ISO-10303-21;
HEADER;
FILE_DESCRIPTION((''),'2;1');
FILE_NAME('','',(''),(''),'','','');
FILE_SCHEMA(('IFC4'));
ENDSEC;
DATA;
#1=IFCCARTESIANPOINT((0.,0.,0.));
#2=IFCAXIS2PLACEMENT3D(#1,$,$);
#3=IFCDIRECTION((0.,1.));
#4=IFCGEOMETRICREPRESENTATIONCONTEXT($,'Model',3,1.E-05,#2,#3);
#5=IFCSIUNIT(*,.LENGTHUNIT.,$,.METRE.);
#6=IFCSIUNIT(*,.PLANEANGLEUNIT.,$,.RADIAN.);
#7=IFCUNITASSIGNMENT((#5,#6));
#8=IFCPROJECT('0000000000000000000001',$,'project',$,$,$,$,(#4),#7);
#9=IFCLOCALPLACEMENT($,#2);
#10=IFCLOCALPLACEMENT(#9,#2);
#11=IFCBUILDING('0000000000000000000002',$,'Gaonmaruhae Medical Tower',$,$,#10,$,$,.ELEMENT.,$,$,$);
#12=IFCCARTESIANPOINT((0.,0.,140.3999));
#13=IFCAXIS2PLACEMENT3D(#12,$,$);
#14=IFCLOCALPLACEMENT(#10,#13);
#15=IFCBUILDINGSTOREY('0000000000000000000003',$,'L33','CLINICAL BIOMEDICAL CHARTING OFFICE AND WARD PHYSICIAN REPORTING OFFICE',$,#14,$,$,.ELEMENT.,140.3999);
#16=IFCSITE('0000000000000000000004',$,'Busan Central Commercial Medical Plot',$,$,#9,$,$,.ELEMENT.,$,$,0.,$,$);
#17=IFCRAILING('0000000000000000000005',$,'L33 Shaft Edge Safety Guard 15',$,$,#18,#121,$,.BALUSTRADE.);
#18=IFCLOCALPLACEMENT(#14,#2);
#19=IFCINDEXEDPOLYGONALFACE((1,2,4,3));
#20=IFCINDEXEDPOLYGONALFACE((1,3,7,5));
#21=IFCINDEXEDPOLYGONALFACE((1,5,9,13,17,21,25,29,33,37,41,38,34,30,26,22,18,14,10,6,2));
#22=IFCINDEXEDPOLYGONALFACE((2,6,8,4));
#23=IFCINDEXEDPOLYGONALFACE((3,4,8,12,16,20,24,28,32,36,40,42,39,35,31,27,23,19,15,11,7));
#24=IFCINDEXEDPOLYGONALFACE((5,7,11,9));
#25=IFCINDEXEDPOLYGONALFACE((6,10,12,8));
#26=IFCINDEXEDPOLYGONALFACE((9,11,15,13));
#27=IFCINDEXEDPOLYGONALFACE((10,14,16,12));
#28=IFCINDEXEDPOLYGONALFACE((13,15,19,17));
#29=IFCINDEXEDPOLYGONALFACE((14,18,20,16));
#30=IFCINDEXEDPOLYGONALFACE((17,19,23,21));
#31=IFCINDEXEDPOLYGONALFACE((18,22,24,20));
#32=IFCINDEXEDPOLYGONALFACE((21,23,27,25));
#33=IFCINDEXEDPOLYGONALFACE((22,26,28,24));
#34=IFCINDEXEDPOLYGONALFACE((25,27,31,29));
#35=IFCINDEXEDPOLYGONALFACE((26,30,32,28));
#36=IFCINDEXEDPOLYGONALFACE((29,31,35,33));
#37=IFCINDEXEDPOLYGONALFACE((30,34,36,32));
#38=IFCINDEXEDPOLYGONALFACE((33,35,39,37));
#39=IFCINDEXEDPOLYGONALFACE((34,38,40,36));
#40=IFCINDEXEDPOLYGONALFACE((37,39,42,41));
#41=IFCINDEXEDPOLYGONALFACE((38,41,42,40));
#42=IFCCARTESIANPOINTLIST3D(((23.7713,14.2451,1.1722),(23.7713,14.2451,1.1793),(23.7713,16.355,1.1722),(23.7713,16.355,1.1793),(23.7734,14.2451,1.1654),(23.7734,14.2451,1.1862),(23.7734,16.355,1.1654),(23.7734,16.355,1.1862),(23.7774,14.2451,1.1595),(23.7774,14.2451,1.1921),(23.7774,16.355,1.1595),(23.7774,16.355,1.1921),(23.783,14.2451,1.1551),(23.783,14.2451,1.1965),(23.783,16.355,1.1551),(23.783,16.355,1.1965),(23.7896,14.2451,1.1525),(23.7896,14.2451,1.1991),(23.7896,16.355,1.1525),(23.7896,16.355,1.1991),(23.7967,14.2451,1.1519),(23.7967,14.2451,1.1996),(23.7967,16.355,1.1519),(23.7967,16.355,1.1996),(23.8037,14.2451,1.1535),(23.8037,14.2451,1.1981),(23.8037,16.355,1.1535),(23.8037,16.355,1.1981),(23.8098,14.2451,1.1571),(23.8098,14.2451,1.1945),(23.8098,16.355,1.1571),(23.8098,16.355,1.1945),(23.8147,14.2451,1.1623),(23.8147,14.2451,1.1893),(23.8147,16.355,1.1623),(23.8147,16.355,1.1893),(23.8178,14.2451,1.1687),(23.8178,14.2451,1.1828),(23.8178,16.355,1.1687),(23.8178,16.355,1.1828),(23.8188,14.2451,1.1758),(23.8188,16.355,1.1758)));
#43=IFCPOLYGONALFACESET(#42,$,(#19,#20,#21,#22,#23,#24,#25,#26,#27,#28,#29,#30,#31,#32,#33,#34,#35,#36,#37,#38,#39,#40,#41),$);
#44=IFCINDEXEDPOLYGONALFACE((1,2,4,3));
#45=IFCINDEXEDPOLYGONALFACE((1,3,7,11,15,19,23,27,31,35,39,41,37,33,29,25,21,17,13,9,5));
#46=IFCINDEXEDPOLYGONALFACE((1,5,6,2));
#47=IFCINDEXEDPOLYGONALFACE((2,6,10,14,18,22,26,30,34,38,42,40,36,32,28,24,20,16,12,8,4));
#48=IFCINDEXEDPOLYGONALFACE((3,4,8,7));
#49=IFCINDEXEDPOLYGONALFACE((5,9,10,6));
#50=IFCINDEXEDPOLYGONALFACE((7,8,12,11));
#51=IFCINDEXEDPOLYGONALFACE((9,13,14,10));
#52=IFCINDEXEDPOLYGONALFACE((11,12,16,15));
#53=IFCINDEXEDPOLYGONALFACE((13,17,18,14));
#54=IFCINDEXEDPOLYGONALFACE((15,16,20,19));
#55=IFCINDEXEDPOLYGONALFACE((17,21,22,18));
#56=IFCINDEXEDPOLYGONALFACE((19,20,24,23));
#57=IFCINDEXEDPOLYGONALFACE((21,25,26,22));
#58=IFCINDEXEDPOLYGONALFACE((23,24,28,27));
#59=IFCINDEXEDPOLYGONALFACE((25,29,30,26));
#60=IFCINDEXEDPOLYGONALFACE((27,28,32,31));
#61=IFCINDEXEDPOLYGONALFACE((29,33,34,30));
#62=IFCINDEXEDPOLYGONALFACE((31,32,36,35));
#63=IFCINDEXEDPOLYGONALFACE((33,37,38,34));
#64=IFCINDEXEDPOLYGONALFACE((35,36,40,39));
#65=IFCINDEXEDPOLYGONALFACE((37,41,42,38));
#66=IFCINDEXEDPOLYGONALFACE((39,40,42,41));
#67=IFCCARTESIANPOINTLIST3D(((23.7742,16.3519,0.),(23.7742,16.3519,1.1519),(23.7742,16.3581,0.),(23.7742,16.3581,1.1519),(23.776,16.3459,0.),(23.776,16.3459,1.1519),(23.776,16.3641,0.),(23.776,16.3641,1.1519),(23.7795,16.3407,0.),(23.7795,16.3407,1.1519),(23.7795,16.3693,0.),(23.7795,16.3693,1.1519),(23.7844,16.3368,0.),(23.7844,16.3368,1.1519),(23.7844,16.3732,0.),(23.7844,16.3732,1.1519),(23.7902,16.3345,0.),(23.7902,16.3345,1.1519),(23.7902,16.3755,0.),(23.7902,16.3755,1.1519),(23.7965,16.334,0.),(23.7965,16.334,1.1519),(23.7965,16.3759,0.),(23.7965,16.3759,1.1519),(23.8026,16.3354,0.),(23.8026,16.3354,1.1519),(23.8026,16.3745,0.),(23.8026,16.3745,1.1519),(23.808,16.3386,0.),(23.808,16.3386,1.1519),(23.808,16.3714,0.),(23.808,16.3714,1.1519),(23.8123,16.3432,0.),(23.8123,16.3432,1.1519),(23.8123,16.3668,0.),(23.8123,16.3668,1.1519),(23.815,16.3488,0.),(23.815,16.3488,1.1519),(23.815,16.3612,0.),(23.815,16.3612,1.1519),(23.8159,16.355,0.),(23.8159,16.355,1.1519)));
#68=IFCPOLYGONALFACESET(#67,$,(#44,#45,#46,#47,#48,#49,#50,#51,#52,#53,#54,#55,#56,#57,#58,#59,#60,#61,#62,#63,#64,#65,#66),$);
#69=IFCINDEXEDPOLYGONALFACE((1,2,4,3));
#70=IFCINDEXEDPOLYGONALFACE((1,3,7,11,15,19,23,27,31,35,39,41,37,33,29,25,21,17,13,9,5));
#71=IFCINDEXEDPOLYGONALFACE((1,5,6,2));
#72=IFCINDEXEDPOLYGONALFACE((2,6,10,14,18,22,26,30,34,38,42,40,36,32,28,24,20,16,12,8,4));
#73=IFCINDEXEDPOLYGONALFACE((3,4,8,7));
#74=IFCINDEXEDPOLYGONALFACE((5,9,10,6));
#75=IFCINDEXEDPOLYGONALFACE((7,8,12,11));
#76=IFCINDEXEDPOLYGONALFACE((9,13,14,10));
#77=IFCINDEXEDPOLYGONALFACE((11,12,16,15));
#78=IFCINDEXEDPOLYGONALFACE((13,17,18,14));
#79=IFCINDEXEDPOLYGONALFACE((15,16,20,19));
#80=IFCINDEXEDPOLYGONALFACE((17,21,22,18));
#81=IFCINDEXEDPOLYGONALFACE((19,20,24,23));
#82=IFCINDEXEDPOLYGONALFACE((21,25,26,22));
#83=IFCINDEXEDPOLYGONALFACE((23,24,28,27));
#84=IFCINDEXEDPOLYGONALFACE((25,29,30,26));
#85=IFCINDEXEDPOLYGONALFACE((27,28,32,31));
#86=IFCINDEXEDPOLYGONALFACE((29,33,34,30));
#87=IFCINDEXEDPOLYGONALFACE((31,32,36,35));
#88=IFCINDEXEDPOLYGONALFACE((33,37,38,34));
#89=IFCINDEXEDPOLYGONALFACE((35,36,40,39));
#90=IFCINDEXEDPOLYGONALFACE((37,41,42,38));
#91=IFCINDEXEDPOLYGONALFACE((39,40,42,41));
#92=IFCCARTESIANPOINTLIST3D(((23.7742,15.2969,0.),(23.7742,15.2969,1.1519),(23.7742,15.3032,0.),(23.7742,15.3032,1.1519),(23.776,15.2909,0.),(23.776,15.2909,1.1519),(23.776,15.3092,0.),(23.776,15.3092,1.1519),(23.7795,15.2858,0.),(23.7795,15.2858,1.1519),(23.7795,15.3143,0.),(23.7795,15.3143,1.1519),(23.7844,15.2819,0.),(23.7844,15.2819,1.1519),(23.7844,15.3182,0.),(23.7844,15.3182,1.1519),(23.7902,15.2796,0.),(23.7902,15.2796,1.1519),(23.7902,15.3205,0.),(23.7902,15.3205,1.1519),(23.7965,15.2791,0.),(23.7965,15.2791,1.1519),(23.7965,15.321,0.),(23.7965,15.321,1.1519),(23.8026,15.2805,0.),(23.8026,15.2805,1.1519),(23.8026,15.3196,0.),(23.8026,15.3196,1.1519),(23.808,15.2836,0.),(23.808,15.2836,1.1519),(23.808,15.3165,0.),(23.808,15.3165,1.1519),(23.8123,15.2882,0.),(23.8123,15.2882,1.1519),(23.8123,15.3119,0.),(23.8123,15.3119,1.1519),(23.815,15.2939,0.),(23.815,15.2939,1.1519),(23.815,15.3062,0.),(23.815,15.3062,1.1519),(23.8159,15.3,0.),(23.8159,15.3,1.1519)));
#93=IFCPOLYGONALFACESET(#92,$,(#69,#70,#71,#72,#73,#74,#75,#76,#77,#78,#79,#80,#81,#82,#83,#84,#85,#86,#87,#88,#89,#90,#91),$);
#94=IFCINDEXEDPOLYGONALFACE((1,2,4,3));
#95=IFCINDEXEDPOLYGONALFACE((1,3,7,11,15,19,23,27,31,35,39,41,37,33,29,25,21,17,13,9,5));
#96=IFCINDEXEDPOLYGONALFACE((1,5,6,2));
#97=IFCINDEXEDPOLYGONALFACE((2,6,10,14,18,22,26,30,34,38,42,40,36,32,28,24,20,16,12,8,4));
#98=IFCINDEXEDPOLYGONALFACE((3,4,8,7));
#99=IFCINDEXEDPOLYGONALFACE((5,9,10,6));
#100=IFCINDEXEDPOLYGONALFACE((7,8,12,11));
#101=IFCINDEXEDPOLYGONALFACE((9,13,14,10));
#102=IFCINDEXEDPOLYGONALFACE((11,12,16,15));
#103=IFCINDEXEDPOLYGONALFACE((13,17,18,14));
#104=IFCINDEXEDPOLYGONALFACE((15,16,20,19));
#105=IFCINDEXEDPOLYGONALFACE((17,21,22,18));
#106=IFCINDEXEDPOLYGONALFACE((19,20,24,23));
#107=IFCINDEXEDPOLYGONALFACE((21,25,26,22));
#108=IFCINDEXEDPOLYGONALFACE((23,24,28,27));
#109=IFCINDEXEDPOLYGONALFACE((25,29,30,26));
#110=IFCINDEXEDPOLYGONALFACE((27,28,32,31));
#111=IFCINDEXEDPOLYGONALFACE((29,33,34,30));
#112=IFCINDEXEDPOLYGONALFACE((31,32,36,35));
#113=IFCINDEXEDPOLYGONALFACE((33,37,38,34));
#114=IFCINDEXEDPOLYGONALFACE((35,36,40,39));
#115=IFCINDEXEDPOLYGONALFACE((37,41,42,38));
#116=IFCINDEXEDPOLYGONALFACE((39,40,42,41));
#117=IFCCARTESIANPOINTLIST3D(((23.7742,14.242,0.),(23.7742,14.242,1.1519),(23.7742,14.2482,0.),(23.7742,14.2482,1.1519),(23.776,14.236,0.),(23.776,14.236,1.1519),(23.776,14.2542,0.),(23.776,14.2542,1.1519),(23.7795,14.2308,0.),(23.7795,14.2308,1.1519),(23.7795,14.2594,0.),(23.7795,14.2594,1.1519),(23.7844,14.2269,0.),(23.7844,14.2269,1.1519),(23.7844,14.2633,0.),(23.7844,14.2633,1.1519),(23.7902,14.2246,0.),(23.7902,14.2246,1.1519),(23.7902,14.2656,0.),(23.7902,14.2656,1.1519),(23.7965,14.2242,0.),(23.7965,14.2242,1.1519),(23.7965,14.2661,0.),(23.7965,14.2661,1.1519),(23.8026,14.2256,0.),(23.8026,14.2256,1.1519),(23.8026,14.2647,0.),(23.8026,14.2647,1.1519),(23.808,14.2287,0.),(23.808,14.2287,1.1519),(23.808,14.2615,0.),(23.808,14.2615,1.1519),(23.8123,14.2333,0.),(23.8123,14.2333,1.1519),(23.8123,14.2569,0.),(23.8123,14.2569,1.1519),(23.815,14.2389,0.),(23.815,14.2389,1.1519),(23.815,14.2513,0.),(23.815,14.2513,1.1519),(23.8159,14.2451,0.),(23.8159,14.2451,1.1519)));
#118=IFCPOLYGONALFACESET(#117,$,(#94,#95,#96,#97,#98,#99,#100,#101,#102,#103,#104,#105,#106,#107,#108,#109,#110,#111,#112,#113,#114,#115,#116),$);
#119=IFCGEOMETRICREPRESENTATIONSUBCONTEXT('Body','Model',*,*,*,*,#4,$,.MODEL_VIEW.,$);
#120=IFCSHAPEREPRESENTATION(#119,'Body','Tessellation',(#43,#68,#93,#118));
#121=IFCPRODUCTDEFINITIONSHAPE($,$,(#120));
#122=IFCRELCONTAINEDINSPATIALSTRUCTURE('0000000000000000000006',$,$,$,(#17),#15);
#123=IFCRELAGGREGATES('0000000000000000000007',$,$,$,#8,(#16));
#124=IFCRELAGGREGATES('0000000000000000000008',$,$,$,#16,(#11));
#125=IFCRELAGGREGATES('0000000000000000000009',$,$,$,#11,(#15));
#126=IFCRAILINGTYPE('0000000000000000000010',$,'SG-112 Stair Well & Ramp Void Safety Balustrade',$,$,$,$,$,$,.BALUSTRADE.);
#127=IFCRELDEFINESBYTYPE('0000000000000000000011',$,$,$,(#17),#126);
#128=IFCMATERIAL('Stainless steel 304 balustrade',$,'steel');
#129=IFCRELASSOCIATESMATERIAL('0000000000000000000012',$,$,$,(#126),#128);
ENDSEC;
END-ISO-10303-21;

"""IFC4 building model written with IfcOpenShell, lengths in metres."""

from ifc_helpers import new_model, si_unit, direction, frame, origin, origin_2d, place, context, subcontext, project, spatial, circle, extrude, material, type_object, element, save


model = new_model("IFC4")

# Units and contexts
model_context = context("Model", 3, precision=1e-05, world=origin(), true_north=direction((0.0, 1.0)))
body_context = subcontext(model_context, "Body", "Model", "MODEL_VIEW")
ifc_project = project(units=[si_unit("LENGTHUNIT", "METRE"), si_unit("PLANEANGLEUNIT", "RADIAN")], contexts=[model_context])

# Site, building, storey
site_placement = place(None, origin())
site = spatial("IfcSite", under=ifc_project, at=site_placement, Name="Busan Central Commercial Medical Plot", CompositionType="ELEMENT", RefElevation=0.0)
building_placement = place(site_placement, origin())
building = spatial("IfcBuilding", under=site, at=building_placement, Name="Gaonmaruhae Medical Tower", CompositionType="ELEMENT")
storey_placement = place(building_placement, frame((0.0, 0.0, 140.3999)))
storey = spatial("IfcBuildingStorey", under=building, at=storey_placement, Name="L33", Description="CLINICAL BIOMEDICAL CHARTING OFFICE AND WARD PHYSICIAN REPORTING OFFICE", CompositionType="ELEMENT", Elevation=140.3999)

# Railing
ifc_material_1 = material(Name="Stainless steel 304 balustrade", Category="steel")
railing_type_1 = type_object("IfcRailingType", Name="SG-112 Stair Well & Ramp Void Safety Balustrade", PredefinedType="BALUSTRADE", material=ifc_material_1)
railing_1_placement = place(storey_placement, frame((23.7949, 16.355, 0.0)))
element("IfcRailing", 1, at=railing_1_placement, inside=storey, type_object=railing_type_1, Name="L33 Shaft Edge Safety Guard 15", PredefinedType="BALUSTRADE", context=body_context, shape_type="SweptSolid", body=[
    extrude(circle(Radius=0.0239, at=origin_2d()), frame((0.0, 0.0, 1.1758), z_axis=(0.0, -1.0, 0.0), x_axis=(1.0, 0.0, 0.0)), (0.0, 0.0, 1.0), 2.1099),
    extrude(circle(Radius=0.021, at=origin_2d()), origin(), (0.0, 0.0, 1.0), 1.1519),
    extrude(circle(Radius=0.021, at=origin_2d()), frame((0.0, -1.0549, 0.0)), (0.0, 0.0, 1.0), 1.1519),
    extrude(circle(Radius=0.021, at=origin_2d()), frame((0.0, -2.1099, 0.0)), (0.0, 0.0, 1.0), 1.1519),
])

save(model, "model.ifc")
